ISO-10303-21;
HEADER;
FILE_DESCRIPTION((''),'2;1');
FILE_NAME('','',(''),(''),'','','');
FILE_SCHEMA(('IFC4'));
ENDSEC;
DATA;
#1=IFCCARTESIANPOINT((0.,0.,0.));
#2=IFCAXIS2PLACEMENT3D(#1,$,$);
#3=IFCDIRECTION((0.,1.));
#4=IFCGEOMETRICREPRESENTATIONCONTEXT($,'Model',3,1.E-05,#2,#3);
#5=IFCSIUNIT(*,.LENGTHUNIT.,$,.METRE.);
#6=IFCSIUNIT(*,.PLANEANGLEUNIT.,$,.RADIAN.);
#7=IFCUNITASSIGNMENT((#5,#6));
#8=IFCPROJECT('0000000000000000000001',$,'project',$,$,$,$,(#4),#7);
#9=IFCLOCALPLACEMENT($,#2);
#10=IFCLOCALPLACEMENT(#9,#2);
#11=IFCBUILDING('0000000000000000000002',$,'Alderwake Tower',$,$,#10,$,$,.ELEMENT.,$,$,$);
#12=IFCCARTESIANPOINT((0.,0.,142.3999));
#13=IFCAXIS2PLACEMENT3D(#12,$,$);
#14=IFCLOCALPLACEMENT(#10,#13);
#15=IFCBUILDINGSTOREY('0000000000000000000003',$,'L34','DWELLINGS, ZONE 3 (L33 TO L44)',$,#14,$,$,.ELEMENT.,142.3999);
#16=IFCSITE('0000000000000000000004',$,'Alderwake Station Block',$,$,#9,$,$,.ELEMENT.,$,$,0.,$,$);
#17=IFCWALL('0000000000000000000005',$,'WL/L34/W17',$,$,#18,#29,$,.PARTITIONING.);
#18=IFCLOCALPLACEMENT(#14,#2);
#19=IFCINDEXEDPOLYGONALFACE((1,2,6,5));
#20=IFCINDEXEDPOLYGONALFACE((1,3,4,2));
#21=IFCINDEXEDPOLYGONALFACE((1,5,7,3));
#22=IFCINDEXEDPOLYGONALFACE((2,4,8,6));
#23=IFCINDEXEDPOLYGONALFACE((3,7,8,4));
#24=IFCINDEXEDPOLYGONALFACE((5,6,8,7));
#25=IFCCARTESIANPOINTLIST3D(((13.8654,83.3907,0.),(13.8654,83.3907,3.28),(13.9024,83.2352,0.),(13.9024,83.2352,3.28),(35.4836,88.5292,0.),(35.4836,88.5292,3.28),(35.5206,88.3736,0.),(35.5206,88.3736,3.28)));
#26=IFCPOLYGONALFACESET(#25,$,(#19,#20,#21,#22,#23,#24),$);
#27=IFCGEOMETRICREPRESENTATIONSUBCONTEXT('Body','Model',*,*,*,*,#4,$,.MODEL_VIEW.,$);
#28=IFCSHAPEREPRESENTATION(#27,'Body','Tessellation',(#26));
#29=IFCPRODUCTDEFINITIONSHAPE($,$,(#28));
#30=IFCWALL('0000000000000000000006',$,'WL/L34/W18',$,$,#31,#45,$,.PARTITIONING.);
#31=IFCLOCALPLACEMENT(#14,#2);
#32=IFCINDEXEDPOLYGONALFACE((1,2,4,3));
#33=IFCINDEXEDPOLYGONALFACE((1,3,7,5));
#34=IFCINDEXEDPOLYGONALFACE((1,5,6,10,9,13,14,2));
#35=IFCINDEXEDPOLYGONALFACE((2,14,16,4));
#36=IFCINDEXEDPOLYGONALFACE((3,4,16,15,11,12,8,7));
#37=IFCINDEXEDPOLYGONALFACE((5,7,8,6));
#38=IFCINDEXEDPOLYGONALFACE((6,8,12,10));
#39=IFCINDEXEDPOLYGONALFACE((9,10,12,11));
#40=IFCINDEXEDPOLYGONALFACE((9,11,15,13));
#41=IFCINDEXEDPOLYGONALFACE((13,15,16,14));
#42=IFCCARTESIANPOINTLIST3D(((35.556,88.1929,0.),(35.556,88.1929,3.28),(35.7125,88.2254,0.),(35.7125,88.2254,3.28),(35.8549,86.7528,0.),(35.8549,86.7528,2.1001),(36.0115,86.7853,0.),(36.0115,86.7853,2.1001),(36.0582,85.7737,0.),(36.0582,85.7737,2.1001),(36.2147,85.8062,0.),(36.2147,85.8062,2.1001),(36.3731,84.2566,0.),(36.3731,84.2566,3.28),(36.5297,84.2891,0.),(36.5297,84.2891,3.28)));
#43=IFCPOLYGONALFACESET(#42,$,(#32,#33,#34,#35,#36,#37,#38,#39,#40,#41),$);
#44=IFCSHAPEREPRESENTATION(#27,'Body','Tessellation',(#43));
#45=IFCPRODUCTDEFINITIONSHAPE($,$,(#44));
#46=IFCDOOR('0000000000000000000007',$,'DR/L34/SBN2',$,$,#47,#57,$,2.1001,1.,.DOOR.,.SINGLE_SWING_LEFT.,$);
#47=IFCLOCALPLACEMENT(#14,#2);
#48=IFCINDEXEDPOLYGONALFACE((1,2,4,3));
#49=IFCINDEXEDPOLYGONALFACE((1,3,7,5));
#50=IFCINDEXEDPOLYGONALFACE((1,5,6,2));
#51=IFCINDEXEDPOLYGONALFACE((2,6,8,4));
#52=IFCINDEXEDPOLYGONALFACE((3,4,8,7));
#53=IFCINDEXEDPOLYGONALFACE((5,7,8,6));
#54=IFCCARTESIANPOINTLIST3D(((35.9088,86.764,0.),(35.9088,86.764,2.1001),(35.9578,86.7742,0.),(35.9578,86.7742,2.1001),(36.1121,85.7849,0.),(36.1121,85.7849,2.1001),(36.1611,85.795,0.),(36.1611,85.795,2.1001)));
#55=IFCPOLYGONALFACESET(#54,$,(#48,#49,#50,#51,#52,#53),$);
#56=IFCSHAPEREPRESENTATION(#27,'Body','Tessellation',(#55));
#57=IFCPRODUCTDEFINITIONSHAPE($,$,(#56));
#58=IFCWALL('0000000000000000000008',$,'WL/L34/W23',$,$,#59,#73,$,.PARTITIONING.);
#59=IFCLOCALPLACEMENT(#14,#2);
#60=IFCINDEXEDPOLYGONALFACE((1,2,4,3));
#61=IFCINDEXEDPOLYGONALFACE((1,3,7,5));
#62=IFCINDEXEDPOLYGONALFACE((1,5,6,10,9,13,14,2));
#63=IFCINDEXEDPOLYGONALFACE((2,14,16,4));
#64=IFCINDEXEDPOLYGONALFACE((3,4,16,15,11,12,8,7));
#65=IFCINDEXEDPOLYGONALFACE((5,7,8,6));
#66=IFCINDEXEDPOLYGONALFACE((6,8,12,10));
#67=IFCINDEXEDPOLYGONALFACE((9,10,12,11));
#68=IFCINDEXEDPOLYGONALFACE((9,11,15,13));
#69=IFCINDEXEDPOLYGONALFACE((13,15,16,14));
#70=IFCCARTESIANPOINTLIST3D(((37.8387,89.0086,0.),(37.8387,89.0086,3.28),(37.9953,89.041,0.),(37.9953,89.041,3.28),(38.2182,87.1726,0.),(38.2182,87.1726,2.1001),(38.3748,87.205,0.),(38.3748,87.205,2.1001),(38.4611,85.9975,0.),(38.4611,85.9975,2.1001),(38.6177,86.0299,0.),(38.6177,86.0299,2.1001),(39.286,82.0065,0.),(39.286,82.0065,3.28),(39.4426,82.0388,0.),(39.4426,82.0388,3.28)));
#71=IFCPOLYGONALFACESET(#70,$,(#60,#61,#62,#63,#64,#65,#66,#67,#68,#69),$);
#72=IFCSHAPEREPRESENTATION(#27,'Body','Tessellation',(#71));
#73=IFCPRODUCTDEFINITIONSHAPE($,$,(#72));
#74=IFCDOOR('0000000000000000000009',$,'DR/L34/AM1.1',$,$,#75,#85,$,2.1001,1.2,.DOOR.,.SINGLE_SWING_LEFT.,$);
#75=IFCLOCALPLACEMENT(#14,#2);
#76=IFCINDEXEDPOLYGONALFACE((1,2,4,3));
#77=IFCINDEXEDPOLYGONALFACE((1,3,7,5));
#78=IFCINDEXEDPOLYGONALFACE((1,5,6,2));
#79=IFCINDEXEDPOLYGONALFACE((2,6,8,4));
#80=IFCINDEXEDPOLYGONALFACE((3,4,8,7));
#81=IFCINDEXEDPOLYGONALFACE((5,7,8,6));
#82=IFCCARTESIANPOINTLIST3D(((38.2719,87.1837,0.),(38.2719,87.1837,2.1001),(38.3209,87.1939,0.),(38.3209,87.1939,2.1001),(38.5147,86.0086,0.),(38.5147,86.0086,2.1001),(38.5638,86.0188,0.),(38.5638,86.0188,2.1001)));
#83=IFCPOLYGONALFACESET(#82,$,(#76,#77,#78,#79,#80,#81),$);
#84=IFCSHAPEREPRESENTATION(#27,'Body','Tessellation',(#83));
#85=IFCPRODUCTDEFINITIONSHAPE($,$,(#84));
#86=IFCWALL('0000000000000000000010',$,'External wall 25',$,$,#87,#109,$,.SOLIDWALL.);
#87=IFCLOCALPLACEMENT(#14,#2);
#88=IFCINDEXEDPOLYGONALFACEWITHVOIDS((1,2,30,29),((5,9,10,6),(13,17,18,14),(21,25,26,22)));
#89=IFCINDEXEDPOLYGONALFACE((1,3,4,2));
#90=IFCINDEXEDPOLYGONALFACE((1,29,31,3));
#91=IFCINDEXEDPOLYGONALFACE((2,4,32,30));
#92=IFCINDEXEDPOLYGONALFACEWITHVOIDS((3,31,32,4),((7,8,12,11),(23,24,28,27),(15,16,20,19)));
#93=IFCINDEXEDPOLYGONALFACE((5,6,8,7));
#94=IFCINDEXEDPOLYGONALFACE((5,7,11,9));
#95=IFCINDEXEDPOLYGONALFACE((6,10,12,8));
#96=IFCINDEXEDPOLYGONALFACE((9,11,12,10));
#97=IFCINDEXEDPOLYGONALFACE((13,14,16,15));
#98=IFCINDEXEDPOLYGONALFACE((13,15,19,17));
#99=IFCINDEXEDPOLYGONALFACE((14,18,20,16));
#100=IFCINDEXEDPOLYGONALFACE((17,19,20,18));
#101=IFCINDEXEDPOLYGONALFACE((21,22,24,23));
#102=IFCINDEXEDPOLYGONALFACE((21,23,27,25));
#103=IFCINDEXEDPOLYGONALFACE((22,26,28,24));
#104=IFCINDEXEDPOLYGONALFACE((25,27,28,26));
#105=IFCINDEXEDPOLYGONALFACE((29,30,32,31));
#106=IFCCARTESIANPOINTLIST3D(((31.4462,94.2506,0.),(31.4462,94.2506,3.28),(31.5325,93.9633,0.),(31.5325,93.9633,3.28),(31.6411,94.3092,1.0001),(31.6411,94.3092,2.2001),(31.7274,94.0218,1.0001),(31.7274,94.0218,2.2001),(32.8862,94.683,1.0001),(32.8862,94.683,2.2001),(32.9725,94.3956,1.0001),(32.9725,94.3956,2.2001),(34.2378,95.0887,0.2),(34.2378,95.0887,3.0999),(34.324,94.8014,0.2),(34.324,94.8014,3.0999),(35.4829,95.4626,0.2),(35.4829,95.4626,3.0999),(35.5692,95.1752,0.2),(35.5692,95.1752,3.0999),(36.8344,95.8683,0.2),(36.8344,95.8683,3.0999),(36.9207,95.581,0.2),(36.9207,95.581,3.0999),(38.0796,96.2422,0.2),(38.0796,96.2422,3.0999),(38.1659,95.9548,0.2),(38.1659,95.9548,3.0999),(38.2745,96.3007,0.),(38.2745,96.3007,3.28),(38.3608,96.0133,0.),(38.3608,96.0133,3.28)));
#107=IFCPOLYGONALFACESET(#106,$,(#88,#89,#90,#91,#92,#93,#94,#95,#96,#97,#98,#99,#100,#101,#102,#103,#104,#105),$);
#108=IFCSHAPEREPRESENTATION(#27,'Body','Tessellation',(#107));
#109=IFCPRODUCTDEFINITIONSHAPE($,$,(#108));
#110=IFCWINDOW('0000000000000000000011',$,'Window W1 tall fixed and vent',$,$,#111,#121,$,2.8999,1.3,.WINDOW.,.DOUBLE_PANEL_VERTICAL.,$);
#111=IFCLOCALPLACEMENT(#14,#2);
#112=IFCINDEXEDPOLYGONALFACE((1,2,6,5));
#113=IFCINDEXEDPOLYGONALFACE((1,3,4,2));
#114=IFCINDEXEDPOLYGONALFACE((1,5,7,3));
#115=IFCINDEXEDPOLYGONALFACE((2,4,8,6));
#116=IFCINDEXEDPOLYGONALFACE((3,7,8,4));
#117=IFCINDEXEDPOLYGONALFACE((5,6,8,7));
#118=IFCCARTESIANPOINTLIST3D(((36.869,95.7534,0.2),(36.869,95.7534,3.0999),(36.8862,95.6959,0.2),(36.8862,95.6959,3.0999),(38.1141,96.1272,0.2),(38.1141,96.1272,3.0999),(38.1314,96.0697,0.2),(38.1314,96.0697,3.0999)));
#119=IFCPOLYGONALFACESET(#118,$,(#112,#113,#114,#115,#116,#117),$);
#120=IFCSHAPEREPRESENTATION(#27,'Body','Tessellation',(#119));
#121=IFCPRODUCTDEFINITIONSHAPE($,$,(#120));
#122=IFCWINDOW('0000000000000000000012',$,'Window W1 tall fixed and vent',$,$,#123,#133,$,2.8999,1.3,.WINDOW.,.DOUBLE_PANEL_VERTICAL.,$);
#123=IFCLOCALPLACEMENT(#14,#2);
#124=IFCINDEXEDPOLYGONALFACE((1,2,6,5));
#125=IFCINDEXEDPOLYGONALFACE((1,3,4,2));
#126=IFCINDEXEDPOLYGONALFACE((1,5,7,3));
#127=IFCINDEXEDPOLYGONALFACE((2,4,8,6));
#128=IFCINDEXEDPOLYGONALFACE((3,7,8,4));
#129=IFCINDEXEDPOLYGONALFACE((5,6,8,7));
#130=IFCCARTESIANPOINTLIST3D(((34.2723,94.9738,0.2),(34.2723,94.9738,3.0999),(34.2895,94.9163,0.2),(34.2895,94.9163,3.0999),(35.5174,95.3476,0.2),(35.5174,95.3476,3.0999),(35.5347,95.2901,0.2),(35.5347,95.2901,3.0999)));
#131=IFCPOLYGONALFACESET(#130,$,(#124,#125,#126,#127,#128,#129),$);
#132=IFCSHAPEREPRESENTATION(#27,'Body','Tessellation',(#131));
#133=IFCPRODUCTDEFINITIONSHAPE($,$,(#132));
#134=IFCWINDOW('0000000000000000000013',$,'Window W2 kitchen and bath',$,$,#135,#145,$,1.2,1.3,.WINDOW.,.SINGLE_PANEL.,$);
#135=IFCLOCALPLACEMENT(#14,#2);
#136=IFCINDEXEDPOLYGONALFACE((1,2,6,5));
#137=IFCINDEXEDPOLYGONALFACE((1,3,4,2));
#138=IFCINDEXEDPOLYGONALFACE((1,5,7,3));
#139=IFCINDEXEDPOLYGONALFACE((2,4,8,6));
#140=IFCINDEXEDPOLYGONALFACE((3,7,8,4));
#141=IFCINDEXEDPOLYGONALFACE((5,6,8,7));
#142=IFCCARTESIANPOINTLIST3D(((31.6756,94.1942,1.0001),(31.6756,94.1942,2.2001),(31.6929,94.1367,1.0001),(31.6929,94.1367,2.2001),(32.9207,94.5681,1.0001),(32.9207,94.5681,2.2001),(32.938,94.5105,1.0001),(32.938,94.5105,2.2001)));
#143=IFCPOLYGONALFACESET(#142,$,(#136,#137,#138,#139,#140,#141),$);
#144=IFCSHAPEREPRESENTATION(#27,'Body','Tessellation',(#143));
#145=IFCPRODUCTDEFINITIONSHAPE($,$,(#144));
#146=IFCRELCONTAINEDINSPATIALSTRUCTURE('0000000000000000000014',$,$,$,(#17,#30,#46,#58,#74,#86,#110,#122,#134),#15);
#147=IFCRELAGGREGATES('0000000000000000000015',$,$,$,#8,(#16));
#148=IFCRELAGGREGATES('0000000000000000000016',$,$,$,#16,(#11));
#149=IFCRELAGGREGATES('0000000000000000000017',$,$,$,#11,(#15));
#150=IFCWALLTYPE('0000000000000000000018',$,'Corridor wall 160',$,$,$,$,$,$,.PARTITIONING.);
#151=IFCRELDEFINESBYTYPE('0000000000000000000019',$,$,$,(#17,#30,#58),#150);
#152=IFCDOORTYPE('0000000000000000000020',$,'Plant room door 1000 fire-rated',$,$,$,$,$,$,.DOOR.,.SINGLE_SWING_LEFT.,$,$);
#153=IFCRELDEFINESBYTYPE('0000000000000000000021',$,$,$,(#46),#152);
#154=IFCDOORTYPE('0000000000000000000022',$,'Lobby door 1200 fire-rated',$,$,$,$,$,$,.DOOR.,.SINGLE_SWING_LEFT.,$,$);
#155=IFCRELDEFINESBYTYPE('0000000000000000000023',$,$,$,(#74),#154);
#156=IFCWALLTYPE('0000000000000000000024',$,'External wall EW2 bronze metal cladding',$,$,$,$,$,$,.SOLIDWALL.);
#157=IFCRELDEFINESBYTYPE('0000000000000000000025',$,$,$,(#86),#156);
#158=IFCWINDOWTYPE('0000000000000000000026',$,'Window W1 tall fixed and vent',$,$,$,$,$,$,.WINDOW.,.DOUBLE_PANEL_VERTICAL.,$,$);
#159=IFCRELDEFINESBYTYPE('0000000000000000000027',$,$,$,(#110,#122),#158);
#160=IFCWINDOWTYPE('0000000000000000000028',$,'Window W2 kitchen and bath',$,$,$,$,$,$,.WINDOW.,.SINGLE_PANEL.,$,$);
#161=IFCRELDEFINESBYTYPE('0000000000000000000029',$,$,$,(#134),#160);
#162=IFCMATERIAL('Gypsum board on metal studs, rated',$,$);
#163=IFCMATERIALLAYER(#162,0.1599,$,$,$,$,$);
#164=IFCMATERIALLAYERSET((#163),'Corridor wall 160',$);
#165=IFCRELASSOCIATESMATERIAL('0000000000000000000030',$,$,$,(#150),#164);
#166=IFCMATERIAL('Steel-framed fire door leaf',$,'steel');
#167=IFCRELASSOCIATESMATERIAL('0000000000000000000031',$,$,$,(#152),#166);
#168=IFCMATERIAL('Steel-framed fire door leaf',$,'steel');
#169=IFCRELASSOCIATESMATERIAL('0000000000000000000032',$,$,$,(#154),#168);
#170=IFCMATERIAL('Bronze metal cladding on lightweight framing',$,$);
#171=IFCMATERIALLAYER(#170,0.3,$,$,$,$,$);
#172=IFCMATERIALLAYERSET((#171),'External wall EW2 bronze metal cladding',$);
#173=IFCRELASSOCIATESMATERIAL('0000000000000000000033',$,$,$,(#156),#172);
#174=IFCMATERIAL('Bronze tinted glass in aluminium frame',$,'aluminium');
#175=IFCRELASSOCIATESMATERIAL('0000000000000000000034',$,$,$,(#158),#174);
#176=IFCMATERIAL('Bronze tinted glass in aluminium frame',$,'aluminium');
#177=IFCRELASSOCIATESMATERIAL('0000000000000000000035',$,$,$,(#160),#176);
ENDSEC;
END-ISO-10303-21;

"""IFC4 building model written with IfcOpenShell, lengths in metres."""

from ifc_helpers import new_model, si_unit, direction, frame, frame_2d, origin, place, context, subcontext, project, spatial, rectangle, extrude, material, layer, layer_set, type_object, element, fill, save


model = new_model("IFC4")

# Units and contexts
model_context = context("Model", 3, precision=1e-05, world=origin(), true_north=direction((0.0, 1.0)))
body_context = subcontext(model_context, "Body", "Model", "MODEL_VIEW")
ifc_project = project(units=[si_unit("LENGTHUNIT", "METRE"), si_unit("PLANEANGLEUNIT", "RADIAN")], contexts=[model_context])

# Site, building, storey
site_placement = place(None, origin())
site = spatial("IfcSite", under=ifc_project, at=site_placement, Name="Alderwake Station Block", CompositionType="ELEMENT", RefElevation=0.0)
building_placement = place(site_placement, origin())
building = spatial("IfcBuilding", under=site, at=building_placement, Name="Alderwake Tower", CompositionType="ELEMENT")
storey_placement = place(building_placement, frame((0.0, 0.0, 142.3999)))
storey = spatial("IfcBuildingStorey", under=building, at=storey_placement, Name="L34", Description="DWELLINGS, ZONE 3 (L33 TO L44)", CompositionType="ELEMENT", Elevation=142.3999)

# Shared definitions
ifc_material_1 = material(Name="Gypsum board on metal studs, rated")
ifc_layer_1 = layer(ifc_material_1, 0.1599)
ifc_layer_set_1 = layer_set([ifc_layer_1], Name="Corridor wall 160")
wall_type_1 = type_object("IfcWallType", Name="Corridor wall 160", PredefinedType="PARTITIONING", material=ifc_layer_set_1)

# Wall
wall_1_placement = place(storey_placement, frame((35.5022, 88.4514, 0.0), z_axis=(0.0, 0.0, 1.0), x_axis=(-0.972895, -0.231248, 0.0)))
element("IfcWall", 1, at=wall_1_placement, inside=storey, type_object=wall_type_1, Name="WL/L34/W17", PredefinedType="PARTITIONING", context=body_context, shape_type="SweptSolid", body=[
    extrude(rectangle(XDim=22.2205, YDim=0.1599, at=frame_2d((11.1104, 0.0))), origin(), (0.0, 0.0, 1.0), 3.28),
])

# Walls, openings, doors
wall_2_placement = place(storey_placement, frame((36.4514, 84.2727, 0.0), z_axis=(0.0, 0.0, 1.0), x_axis=(-0.203258, 0.979125, 0.0)))
wall_2 = element("IfcWall", 2, at=wall_2_placement, inside=storey, type_object=wall_type_1, Name="WL/L34/W18", PredefinedType="PARTITIONING", context=body_context, shape_type="SweptSolid", body=[
    extrude(rectangle(XDim=4.0203, YDim=0.1599, at=frame_2d((2.0103, 0.0))), origin(), (0.0, 0.0, 1.0), 3.28),
])
opening_1_placement = place(wall_2_placement, frame((1.5496, 0.0, 0.0)))
opening_1 = element("IfcOpeningElement", 3, at=opening_1_placement, cuts=wall_2, PredefinedType="OPENING", context=body_context, shape_type="SweptSolid", body=[
    extrude(rectangle(XDim=1.0, YDim=2.1001, at=frame_2d((0.5, 1.05))), frame((0.0, 0.0898, 0.0), z_axis=(0.0, -1.0, 0.0), x_axis=(1.0, 0.0, 0.0)), (0.0, 0.0, 1.0), 0.1799),
])
ifc_material_2 = material(Name="Steel-framed fire door leaf", Category="steel")
door_type_1 = type_object("IfcDoorType", Name="Plant room door 1000 fire-rated", OperationType="SINGLE_SWING_LEFT", PredefinedType="DOOR", material=ifc_material_2)
door_1_placement = place(opening_1_placement, origin())
door_1 = element("IfcDoor", 4, at=door_1_placement, inside=storey, type_object=door_type_1, Name="DR/L34/SBN2", OperationType="SINGLE_SWING_LEFT", OverallHeight=2.1001, OverallWidth=1.0, PredefinedType="DOOR", context=body_context, shape_type="SweptSolid", body=[
    extrude(rectangle(XDim=1.0, YDim=2.1001, at=frame_2d((0.5, 1.05))), frame((0.0, 0.0249, 0.0), z_axis=(0.0, -1.0, 0.0), x_axis=(1.0, 0.0, 0.0)), (0.0, 0.0, 1.0), 0.05),
])
fill(opening_1, door_1)
wall_3_placement = place(storey_placement, frame((37.917, 89.0249, 0.0), z_axis=(0.0, 0.0, 1.0), x_axis=(0.202409, -0.979301, 0.0)))
wall_3 = element("IfcWall", 5, at=wall_3_placement, inside=storey, type_object=wall_type_1, Name="WL/L34/W23", PredefinedType="PARTITIONING", context=body_context, shape_type="SweptSolid", body=[
    extrude(rectangle(XDim=7.1501, YDim=0.1599, at=frame_2d((3.5752, 0.0))), origin(), (0.0, 0.0, 1.0), 3.28),
])
opening_2_placement = place(wall_3_placement, frame((1.8748, 0.0, 0.0)))
opening_2 = element("IfcOpeningElement", 6, at=opening_2_placement, cuts=wall_3, PredefinedType="OPENING", context=body_context, shape_type="SweptSolid", body=[
    extrude(rectangle(XDim=1.2, YDim=2.1001, at=frame_2d((0.6001, 1.05))), frame((0.0, 0.0898, 0.0), z_axis=(0.0, -1.0, 0.0), x_axis=(1.0, 0.0, 0.0)), (0.0, 0.0, 1.0), 0.1799),
])
ifc_material_3 = material(Name="Steel-framed fire door leaf", Category="steel")
door_type_2 = type_object("IfcDoorType", Name="Lobby door 1200 fire-rated", OperationType="SINGLE_SWING_LEFT", PredefinedType="DOOR", material=ifc_material_3)
door_2_placement = place(opening_2_placement, origin())
door_2 = element("IfcDoor", 7, at=door_2_placement, inside=storey, type_object=door_type_2, Name="DR/L34/AM1.1", OperationType="SINGLE_SWING_LEFT", OverallHeight=2.1001, OverallWidth=1.2, PredefinedType="DOOR", context=body_context, shape_type="SweptSolid", body=[
    extrude(rectangle(XDim=1.2, YDim=2.1001, at=frame_2d((0.6001, 1.05))), frame((0.0, 0.0249, 0.0), z_axis=(0.0, -1.0, 0.0), x_axis=(1.0, 0.0, 0.0)), (0.0, 0.0, 1.0), 0.05),
])
fill(opening_2, door_2)

# Wall, openings, windows
ifc_material_4 = material(Name="Bronze metal cladding on lightweight framing")
ifc_layer_2 = layer(ifc_material_4, 0.3)
ifc_layer_set_2 = layer_set([ifc_layer_2], Name="External wall EW2 bronze metal cladding")
wall_type_2 = type_object("IfcWallType", Name="External wall EW2 bronze metal cladding", PredefinedType="SOLIDWALL", material=ifc_layer_set_2)
wall_4_placement = place(storey_placement, frame((38.3176, 96.157, 0.0), z_axis=(0.0, 0.0, 1.0), x_axis=(-0.957767, -0.287546, 0.0)))
wall_4 = element("IfcWall", 8, at=wall_4_placement, inside=storey, type_object=wall_type_2, Name="External wall 25", PredefinedType="SOLIDWALL", context=body_context, shape_type="SweptSolid", body=[
    extrude(rectangle(XDim=7.1294, YDim=0.3, at=frame_2d((3.5647, 0.0))), origin(), (0.0, 0.0, 1.0), 3.28),
])
opening_3_placement = place(wall_4_placement, frame((0.2036, 0.0, 0.2)))
opening_3 = element("IfcOpeningElement", 9, at=opening_3_placement, cuts=wall_4, PredefinedType="OPENING", context=body_context, shape_type="SweptSolid", body=[
    extrude(rectangle(XDim=1.3, YDim=2.8999, at=frame_2d((0.6499, 1.45))), frame((0.0, 0.1599, 0.0), z_axis=(0.0, -1.0, 0.0), x_axis=(1.0, 0.0, 0.0)), (0.0, 0.0, 1.0), 0.3201),
])
opening_4_placement = place(wall_4_placement, frame((2.9148, 0.0, 0.2)))
opening_4 = element("IfcOpeningElement", 10, at=opening_4_placement, cuts=wall_4, PredefinedType="OPENING", context=body_context, shape_type="SweptSolid", body=[
    extrude(rectangle(XDim=1.3, YDim=2.8999, at=frame_2d((0.6499, 1.45))), frame((0.0, 0.1599, 0.0), z_axis=(0.0, -1.0, 0.0), x_axis=(1.0, 0.0, 0.0)), (0.0, 0.0, 1.0), 0.3201),
])
opening_5_placement = place(wall_4_placement, frame((5.626, 0.0, 1.0)))
opening_5 = element("IfcOpeningElement", 11, at=opening_5_placement, cuts=wall_4, PredefinedType="OPENING", context=body_context, shape_type="SweptSolid", body=[
    extrude(rectangle(XDim=1.3, YDim=1.2, at=frame_2d((0.6499, 0.6001))), frame((0.0, 0.1599, 0.0), z_axis=(0.0, -1.0, 0.0), x_axis=(1.0, 0.0, 0.0)), (0.0, 0.0, 1.0), 0.3201),
])
ifc_material_5 = material(Name="Bronze tinted glass in aluminium frame", Category="aluminium")
window_type_1 = type_object("IfcWindowType", Name="Window W1 tall fixed and vent", PartitioningType="DOUBLE_PANEL_VERTICAL", PredefinedType="WINDOW", material=ifc_material_5)
window_1_placement = place(opening_3_placement, origin())
window_1 = element("IfcWindow", 12, at=window_1_placement, inside=storey, type_object=window_type_1, Name="Window W1 tall fixed and vent", OverallHeight=2.8999, OverallWidth=1.3, PartitioningType="DOUBLE_PANEL_VERTICAL", PredefinedType="WINDOW", context=body_context, shape_type="SweptSolid", body=[
    extrude(rectangle(XDim=1.3, YDim=2.8999, at=frame_2d((0.6499, 1.45))), frame((0.0, 0.03, 0.0), z_axis=(0.0, -1.0, 0.0), x_axis=(1.0, 0.0, 0.0)), (0.0, 0.0, 1.0), 0.0601),
])
fill(opening_3, window_1)
window_2_placement = place(opening_4_placement, origin())
window_2 = element("IfcWindow", 13, at=window_2_placement, inside=storey, type_object=window_type_1, Name="Window W1 tall fixed and vent", OverallHeight=2.8999, OverallWidth=1.3, PartitioningType="DOUBLE_PANEL_VERTICAL", PredefinedType="WINDOW", context=body_context, shape_type="SweptSolid", body=[
    extrude(rectangle(XDim=1.3, YDim=2.8999, at=frame_2d((0.6499, 1.45))), frame((0.0, 0.03, 0.0), z_axis=(0.0, -1.0, 0.0), x_axis=(1.0, 0.0, 0.0)), (0.0, 0.0, 1.0), 0.0601),
])
fill(opening_4, window_2)
ifc_material_6 = material(Name="Bronze tinted glass in aluminium frame", Category="aluminium")
window_type_2 = type_object("IfcWindowType", Name="Window W2 kitchen and bath", PartitioningType="SINGLE_PANEL", PredefinedType="WINDOW", material=ifc_material_6)
window_3_placement = place(opening_5_placement, origin())
window_3 = element("IfcWindow", 14, at=window_3_placement, inside=storey, type_object=window_type_2, Name="Window W2 kitchen and bath", OverallHeight=1.2, OverallWidth=1.3, PartitioningType="SINGLE_PANEL", PredefinedType="WINDOW", context=body_context, shape_type="SweptSolid", body=[
    extrude(rectangle(XDim=1.3, YDim=1.2, at=frame_2d((0.6499, 0.6001))), frame((0.0, 0.03, 0.0), z_axis=(0.0, -1.0, 0.0), x_axis=(1.0, 0.0, 0.0)), (0.0, 0.0, 1.0), 0.0601),
])
fill(opening_5, window_3)

save(model, "model.ifc")
